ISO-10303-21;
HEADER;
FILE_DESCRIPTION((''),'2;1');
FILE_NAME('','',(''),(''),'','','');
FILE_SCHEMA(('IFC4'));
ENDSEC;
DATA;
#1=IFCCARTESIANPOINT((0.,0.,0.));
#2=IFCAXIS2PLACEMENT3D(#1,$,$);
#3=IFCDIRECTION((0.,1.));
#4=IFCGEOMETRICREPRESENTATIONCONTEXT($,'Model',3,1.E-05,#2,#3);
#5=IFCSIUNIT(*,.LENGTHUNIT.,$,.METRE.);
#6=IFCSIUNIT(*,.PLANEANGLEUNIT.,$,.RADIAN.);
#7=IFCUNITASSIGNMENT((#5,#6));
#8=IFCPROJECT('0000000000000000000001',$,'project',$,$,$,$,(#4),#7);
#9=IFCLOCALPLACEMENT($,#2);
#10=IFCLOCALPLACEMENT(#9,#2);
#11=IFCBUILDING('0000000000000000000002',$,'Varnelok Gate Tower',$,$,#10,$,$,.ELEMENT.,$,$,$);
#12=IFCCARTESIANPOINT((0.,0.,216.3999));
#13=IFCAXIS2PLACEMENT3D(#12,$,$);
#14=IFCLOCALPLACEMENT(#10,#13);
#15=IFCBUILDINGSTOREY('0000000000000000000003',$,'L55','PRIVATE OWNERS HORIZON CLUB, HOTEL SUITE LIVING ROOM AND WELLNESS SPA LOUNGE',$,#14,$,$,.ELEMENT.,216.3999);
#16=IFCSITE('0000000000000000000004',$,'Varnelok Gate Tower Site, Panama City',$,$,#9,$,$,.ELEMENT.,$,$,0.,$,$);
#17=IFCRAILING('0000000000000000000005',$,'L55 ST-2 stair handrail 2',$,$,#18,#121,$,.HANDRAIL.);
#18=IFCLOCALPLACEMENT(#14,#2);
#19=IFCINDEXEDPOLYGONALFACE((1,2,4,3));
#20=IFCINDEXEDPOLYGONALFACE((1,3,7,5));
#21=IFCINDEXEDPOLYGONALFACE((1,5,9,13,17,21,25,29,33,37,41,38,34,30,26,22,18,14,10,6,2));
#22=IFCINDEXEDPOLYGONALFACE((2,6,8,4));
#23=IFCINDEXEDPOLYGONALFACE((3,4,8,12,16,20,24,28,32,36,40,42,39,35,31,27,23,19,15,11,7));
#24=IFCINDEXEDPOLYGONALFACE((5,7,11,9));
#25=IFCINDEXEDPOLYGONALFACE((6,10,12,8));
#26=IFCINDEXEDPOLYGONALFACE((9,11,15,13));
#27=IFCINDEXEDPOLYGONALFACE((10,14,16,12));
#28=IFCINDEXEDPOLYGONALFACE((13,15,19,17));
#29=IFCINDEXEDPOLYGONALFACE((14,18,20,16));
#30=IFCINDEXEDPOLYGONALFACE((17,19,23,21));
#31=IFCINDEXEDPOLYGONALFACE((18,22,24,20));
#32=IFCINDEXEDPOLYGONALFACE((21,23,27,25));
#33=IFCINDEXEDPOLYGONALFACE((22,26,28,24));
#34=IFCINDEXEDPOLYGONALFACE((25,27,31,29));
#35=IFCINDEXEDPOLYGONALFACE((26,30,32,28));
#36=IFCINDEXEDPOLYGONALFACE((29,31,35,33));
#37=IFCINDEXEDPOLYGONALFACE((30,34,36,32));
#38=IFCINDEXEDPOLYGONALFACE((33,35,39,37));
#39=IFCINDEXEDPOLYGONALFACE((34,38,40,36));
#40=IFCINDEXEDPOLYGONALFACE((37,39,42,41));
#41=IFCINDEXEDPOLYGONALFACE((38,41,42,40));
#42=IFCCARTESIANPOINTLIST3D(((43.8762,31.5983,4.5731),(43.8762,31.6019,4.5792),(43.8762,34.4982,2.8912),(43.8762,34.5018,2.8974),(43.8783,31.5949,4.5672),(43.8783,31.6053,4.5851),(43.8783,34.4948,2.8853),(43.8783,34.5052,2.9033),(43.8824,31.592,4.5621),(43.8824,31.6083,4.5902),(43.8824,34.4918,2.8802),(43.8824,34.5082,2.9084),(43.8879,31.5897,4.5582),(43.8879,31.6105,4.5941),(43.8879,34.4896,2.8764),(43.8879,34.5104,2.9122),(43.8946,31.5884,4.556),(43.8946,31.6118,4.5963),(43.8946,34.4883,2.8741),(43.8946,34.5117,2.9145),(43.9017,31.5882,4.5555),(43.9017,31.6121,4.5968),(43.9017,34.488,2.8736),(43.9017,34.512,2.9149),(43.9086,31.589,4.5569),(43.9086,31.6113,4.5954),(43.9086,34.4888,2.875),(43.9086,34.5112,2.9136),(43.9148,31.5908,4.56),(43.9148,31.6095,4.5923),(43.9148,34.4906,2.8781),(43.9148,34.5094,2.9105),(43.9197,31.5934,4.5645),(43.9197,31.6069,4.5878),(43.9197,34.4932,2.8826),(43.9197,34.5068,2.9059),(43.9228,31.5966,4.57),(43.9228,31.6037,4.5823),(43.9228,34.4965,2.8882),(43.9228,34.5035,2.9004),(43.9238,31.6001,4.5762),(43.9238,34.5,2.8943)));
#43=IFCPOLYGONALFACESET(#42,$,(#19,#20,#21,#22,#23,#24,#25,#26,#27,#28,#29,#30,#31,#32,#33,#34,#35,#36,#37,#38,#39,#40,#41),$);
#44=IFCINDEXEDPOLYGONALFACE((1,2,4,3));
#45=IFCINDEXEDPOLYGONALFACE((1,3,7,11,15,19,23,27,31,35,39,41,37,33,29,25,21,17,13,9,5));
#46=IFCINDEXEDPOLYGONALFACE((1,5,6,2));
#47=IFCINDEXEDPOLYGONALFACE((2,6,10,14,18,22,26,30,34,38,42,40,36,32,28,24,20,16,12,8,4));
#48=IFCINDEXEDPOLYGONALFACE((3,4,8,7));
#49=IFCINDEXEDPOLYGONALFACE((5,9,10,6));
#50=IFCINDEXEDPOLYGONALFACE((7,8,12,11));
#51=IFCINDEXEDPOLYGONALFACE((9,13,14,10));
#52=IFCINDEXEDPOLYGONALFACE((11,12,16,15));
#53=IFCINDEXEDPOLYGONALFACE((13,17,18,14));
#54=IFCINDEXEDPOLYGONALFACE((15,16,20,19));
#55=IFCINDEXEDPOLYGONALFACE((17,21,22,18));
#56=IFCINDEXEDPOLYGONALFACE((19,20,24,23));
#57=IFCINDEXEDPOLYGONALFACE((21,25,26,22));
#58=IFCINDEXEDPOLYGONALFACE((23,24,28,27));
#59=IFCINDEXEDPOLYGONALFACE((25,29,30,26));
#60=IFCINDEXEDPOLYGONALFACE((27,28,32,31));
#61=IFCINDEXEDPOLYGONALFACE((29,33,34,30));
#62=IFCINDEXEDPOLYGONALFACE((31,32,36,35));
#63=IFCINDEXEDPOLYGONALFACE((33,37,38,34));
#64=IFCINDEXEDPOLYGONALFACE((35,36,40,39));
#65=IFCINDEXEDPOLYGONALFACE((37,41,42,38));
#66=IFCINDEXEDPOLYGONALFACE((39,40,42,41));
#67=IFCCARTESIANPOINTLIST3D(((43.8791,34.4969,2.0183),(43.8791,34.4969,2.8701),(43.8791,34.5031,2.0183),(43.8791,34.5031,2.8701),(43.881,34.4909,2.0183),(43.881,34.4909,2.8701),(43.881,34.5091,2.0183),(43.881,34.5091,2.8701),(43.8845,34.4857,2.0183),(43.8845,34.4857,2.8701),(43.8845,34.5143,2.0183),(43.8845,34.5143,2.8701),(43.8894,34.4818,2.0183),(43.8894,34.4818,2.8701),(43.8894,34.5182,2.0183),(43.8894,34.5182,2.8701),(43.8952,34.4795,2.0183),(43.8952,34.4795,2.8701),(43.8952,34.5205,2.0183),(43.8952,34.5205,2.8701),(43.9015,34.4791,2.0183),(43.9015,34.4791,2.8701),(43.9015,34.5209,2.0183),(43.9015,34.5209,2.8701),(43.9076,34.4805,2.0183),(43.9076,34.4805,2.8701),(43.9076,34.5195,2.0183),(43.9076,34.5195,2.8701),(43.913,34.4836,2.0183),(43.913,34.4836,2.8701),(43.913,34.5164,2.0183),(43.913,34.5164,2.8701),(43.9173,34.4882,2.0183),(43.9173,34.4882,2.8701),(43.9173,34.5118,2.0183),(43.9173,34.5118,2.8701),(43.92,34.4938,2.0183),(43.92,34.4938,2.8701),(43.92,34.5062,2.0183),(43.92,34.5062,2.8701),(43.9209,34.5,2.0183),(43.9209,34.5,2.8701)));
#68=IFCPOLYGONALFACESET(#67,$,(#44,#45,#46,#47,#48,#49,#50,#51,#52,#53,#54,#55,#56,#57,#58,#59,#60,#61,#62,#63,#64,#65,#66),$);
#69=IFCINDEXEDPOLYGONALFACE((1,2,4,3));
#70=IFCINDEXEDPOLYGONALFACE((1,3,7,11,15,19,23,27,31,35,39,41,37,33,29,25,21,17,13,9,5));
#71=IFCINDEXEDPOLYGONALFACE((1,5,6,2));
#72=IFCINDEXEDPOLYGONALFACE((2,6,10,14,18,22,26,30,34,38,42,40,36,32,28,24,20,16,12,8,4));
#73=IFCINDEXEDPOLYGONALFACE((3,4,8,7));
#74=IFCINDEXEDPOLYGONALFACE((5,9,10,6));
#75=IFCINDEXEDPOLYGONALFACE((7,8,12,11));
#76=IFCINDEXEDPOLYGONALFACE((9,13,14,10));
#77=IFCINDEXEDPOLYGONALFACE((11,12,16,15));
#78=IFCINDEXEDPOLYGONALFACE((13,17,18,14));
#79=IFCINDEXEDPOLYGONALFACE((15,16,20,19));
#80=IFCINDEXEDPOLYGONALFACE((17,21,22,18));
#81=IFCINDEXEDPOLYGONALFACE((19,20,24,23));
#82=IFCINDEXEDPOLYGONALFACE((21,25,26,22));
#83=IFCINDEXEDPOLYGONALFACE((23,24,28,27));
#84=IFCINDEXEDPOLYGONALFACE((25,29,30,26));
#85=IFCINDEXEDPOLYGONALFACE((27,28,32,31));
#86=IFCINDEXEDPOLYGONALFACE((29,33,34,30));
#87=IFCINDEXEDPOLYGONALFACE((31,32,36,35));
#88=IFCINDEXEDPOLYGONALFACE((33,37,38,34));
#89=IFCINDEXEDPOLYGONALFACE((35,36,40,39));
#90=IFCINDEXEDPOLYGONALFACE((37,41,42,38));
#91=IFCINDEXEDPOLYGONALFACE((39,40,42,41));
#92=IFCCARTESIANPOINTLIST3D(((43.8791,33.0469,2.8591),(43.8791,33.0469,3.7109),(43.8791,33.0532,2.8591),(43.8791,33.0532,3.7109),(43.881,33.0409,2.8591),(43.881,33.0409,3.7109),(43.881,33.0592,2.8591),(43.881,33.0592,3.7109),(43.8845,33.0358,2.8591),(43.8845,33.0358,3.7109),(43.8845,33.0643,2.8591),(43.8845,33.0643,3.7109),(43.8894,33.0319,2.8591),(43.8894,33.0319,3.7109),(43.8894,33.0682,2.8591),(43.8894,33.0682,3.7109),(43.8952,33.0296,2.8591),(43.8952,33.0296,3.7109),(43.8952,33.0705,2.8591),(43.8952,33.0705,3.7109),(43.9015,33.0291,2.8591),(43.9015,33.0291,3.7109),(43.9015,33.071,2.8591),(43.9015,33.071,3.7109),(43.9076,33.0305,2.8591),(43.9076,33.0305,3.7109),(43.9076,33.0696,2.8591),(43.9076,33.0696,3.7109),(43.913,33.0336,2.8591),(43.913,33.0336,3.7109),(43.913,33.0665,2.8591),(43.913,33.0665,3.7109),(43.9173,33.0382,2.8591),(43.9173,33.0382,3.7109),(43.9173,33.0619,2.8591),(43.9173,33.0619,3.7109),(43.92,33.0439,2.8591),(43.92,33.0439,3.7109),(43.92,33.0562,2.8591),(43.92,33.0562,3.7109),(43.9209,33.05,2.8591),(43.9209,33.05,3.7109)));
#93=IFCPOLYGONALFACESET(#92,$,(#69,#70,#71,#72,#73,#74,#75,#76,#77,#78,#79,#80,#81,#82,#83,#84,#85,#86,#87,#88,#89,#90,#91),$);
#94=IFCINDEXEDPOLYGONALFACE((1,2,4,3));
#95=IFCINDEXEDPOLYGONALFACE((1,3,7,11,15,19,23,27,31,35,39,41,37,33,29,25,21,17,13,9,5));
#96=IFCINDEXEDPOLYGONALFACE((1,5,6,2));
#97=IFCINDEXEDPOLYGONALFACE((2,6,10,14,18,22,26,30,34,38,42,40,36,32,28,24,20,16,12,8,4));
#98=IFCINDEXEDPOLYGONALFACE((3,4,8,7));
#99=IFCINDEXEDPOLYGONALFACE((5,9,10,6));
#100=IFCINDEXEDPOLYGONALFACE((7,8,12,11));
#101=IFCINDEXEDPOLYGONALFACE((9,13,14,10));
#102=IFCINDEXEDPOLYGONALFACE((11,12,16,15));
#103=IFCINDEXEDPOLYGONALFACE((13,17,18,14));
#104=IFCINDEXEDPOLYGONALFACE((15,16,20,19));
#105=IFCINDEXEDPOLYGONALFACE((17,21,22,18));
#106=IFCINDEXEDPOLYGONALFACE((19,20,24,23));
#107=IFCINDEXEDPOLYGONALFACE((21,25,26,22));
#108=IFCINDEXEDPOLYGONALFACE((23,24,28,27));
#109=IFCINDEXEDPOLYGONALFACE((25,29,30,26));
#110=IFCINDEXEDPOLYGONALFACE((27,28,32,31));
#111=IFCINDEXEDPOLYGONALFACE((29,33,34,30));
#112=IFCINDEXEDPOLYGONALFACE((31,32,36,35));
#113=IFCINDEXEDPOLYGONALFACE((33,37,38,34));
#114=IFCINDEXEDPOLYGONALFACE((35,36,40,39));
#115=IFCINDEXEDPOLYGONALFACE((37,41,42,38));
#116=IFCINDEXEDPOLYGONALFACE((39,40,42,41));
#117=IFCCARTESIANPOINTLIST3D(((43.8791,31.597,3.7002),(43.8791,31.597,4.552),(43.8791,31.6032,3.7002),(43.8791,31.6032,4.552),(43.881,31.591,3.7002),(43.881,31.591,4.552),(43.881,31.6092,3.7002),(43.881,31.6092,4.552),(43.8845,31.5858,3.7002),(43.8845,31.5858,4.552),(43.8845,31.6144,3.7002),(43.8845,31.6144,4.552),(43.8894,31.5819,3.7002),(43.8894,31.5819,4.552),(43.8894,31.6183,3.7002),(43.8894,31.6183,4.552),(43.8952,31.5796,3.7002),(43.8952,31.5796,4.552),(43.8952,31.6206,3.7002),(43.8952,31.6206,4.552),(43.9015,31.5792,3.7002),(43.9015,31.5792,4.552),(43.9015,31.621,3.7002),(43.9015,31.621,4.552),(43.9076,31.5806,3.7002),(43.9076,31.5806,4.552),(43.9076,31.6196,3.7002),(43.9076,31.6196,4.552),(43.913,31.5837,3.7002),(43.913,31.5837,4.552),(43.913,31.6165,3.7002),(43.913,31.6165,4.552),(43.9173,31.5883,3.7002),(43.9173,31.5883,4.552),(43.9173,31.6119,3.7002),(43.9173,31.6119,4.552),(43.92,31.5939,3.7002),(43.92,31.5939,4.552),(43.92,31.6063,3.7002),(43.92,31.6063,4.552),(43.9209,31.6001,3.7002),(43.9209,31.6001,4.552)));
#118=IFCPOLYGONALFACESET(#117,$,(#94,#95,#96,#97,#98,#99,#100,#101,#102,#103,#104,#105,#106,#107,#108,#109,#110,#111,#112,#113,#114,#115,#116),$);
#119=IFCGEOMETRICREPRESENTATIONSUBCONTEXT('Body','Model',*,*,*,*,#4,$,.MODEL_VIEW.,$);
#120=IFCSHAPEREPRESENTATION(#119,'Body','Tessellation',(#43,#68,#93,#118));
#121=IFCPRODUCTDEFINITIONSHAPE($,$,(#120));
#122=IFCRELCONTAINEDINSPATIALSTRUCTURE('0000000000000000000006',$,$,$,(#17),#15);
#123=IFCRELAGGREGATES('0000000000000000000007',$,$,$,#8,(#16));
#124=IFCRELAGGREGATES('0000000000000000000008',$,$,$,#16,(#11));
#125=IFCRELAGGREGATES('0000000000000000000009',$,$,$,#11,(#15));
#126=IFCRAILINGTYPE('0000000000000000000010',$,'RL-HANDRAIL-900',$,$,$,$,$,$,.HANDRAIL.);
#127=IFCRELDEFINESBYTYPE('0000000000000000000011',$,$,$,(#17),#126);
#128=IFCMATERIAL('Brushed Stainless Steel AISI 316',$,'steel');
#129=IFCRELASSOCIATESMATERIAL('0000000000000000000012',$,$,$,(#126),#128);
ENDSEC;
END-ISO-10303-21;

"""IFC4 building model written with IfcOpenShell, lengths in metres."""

from ifc_helpers import new_model, si_unit, direction, frame, origin, origin_2d, place, context, subcontext, project, spatial, circle, extrude, material, type_object, element, save


model = new_model("IFC4")

# Units and contexts
model_context = context("Model", 3, precision=1e-05, world=origin(), true_north=direction((0.0, 1.0)))
body_context = subcontext(model_context, "Body", "Model", "MODEL_VIEW")
ifc_project = project(units=[si_unit("LENGTHUNIT", "METRE"), si_unit("PLANEANGLEUNIT", "RADIAN")], contexts=[model_context])

# Site, building, storey
site_placement = place(None, origin())
site = spatial("IfcSite", under=ifc_project, at=site_placement, Name="Varnelok Gate Tower Site, Panama City", CompositionType="ELEMENT", RefElevation=0.0)
building_placement = place(site_placement, origin())
building = spatial("IfcBuilding", under=site, at=building_placement, Name="Varnelok Gate Tower", CompositionType="ELEMENT")
storey_placement = place(building_placement, frame((0.0, 0.0, 216.3999)))
storey = spatial("IfcBuildingStorey", under=building, at=storey_placement, Name="L55", Description="PRIVATE OWNERS HORIZON CLUB, HOTEL SUITE LIVING ROOM AND WELLNESS SPA LOUNGE", CompositionType="ELEMENT", Elevation=216.3999)

# Railing
ifc_material_1 = material(Name="Brushed Stainless Steel AISI 316", Category="steel")
railing_type_1 = type_object("IfcRailingType", Name="RL-HANDRAIL-900", PredefinedType="HANDRAIL", material=ifc_material_1)
railing_1_placement = place(storey_placement, frame((43.8999, 34.5, 2.0183)))
element("IfcRailing", 1, at=railing_1_placement, inside=storey, type_object=railing_type_1, Name="L55 ST-2 stair handrail 2", PredefinedType="HANDRAIL", context=body_context, shape_type="SweptSolid", body=[
    extrude(circle(Radius=0.0239, at=origin_2d()), frame((0.0, 0.0, 0.876), z_axis=(0.0, -0.865039, 0.501705), x_axis=(1.0, 0.0, 0.0)), (0.0, 0.0, 1.0), 3.3523),
    extrude(circle(Radius=0.021, at=origin_2d()), origin(), (0.0, 0.0, 1.0), 0.8518),
    extrude(circle(Radius=0.021, at=origin_2d()), frame((0.0, -1.45, 0.8408)), (0.0, 0.0, 1.0), 0.8518),
    extrude(circle(Radius=0.021, at=origin_2d()), frame((0.0, -2.8999, 1.6819)), (0.0, 0.0, 1.0), 0.8518),
])

save(model, "model.ifc")
